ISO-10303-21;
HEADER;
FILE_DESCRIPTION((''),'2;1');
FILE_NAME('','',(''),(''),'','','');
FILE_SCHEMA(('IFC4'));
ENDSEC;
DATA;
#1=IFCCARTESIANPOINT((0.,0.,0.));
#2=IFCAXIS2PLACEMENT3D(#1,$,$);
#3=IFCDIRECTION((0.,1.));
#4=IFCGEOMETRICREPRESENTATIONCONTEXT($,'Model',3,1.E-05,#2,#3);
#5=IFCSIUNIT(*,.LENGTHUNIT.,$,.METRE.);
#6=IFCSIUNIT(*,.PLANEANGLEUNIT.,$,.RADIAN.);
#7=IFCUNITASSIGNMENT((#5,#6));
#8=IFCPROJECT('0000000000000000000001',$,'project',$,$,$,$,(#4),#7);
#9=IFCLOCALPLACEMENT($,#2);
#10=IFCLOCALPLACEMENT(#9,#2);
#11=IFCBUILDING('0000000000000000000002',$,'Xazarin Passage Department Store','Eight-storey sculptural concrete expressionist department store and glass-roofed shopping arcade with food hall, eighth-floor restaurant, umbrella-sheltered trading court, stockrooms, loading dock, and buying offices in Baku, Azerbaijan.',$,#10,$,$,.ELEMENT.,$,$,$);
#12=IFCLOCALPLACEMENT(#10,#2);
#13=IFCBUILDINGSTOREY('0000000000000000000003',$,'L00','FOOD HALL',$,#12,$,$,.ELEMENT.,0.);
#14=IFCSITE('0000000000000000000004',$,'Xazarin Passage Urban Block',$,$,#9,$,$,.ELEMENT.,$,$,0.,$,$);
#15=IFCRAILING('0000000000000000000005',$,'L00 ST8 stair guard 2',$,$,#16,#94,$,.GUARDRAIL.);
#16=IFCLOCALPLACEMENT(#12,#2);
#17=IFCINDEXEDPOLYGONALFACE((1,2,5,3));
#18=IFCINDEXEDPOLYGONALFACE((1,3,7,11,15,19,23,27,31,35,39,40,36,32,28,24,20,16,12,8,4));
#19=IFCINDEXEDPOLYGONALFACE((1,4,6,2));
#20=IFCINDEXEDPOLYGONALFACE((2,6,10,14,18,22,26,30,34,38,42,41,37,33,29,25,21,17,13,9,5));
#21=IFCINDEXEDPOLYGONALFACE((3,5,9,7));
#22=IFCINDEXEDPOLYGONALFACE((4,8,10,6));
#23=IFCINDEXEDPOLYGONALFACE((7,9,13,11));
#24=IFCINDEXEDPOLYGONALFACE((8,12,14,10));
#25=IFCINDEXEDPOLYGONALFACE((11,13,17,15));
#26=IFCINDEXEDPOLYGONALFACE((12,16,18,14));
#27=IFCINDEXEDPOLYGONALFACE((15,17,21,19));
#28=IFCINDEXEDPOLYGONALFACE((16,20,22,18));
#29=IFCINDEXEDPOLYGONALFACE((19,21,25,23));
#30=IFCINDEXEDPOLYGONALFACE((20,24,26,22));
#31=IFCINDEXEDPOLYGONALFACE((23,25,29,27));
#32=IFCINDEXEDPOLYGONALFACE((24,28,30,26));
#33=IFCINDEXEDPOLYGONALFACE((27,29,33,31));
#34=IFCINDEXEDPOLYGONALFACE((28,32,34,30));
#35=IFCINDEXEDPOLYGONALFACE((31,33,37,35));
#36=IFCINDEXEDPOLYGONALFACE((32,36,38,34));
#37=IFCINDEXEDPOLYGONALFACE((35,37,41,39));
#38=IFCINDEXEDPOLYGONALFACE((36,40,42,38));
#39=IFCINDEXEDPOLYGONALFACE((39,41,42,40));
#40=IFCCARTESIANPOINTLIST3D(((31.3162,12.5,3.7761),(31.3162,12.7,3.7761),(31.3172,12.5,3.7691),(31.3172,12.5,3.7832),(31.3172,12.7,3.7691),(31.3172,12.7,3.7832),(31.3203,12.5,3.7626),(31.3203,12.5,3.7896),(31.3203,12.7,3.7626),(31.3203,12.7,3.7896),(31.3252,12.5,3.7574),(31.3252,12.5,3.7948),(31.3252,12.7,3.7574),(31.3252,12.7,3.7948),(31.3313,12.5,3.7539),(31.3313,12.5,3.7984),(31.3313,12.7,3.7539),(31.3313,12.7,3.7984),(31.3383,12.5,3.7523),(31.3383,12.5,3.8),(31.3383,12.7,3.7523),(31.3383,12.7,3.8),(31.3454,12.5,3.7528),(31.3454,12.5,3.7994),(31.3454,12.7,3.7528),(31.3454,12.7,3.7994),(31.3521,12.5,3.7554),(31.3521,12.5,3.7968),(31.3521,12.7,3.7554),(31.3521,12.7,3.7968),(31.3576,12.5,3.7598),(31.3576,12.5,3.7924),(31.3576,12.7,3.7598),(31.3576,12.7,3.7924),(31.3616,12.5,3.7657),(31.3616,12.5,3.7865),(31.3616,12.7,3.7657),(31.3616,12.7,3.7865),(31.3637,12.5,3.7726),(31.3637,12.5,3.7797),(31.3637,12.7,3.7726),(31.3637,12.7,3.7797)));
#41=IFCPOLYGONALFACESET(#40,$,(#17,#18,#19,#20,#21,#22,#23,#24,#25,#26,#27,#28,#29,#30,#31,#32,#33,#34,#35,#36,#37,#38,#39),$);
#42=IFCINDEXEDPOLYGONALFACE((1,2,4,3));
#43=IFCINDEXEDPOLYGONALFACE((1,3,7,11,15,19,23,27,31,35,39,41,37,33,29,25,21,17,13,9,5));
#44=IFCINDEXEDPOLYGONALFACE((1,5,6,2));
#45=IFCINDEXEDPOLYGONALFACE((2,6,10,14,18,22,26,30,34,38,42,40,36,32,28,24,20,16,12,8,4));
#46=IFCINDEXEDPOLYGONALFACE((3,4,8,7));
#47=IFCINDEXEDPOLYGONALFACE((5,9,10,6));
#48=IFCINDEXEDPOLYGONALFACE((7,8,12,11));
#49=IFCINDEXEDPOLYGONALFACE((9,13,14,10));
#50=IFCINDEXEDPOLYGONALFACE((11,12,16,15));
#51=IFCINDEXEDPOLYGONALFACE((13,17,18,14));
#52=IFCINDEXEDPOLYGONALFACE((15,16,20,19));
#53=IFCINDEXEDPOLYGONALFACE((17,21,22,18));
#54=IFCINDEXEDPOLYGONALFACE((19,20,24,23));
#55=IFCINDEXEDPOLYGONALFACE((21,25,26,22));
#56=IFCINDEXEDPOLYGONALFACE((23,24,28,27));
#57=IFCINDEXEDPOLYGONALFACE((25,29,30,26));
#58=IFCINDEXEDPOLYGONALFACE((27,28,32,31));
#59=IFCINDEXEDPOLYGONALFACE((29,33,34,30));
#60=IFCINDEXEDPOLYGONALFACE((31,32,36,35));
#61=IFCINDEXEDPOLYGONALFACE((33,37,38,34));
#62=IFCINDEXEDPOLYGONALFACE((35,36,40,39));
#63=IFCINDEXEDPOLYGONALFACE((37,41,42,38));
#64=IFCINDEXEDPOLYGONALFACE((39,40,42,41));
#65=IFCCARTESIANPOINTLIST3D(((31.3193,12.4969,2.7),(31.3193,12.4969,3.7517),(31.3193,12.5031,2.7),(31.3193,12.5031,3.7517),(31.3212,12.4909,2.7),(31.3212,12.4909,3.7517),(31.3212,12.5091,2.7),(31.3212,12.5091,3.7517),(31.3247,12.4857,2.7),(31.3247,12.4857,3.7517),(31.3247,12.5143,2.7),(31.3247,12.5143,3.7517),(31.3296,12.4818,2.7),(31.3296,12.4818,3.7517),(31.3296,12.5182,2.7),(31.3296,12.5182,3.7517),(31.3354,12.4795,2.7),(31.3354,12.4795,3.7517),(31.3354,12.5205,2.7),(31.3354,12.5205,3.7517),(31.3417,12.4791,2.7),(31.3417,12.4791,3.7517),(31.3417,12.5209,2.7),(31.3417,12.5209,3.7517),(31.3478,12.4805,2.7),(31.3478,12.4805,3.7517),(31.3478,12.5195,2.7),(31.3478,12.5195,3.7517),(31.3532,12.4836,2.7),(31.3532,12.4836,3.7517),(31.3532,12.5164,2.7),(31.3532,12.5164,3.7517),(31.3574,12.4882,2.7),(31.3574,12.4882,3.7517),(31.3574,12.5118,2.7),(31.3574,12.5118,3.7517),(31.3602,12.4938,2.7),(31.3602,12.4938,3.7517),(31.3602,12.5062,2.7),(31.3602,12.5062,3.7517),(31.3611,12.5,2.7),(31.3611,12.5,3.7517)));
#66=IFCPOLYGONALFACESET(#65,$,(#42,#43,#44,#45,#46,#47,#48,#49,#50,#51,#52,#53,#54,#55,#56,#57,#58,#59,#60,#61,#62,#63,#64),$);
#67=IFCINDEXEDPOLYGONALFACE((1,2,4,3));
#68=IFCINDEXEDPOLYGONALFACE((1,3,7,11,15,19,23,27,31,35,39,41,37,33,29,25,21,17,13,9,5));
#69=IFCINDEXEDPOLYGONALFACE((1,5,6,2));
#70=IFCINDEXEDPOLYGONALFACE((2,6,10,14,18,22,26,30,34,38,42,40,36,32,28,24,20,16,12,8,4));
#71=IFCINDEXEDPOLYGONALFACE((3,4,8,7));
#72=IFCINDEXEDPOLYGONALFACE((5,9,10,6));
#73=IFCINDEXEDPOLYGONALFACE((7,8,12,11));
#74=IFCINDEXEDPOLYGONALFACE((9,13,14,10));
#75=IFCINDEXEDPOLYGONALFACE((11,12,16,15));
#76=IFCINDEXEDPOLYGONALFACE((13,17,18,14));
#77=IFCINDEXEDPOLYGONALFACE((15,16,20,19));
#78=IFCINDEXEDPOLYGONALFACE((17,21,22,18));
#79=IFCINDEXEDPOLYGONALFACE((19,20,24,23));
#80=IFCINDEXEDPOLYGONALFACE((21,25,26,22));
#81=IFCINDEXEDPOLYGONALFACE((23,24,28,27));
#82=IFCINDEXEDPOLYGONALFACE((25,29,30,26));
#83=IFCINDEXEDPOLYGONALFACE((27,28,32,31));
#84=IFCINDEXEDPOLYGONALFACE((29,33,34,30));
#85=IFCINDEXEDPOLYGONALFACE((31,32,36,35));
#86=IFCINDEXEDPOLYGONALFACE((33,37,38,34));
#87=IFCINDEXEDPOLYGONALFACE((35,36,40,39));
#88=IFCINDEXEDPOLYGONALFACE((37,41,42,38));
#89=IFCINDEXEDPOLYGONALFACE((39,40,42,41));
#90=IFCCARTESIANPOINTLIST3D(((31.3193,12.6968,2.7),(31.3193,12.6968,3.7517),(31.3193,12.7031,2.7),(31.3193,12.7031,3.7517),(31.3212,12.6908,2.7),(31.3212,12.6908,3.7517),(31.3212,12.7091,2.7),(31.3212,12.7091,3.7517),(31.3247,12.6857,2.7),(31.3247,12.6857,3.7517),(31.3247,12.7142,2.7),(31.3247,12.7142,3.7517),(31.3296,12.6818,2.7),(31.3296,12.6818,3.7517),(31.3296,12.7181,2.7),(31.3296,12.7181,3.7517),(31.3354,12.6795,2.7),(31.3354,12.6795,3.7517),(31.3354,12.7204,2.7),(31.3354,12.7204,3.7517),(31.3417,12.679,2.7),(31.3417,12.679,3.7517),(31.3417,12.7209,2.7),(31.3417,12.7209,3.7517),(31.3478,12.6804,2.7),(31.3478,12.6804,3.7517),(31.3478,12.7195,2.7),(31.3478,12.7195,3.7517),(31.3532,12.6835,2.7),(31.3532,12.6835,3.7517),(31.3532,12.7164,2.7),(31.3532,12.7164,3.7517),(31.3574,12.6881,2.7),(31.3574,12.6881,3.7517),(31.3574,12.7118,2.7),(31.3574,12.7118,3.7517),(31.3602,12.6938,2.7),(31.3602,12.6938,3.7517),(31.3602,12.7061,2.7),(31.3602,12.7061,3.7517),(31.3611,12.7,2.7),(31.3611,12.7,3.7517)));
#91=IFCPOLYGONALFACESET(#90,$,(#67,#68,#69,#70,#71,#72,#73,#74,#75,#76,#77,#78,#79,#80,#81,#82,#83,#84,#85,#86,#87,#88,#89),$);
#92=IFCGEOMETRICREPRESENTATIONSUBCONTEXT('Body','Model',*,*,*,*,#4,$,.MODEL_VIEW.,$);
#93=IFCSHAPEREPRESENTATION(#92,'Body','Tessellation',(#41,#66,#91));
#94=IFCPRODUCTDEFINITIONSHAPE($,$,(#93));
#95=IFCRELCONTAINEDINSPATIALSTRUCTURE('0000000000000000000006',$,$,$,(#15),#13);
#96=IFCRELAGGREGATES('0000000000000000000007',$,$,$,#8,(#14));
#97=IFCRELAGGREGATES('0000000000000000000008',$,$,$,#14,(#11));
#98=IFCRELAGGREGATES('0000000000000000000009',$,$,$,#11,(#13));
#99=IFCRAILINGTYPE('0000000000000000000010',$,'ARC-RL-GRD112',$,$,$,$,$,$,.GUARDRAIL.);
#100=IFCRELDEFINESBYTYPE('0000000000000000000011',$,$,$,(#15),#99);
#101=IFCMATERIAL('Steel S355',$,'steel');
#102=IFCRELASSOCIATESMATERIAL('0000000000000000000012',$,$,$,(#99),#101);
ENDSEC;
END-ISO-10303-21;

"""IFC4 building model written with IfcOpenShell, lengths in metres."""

from ifc_helpers import new_model, si_unit, direction, frame, origin, origin_2d, place, context, subcontext, project, spatial, circle, extrude, material, type_object, element, save


model = new_model("IFC4")

# Units and contexts
model_context = context("Model", 3, precision=1e-05, world=origin(), true_north=direction((0.0, 1.0)))
body_context = subcontext(model_context, "Body", "Model", "MODEL_VIEW")
ifc_project = project(units=[si_unit("LENGTHUNIT", "METRE"), si_unit("PLANEANGLEUNIT", "RADIAN")], contexts=[model_context])

# Site, building, storey
site_placement = place(None, origin())
site = spatial("IfcSite", under=ifc_project, at=site_placement, Name="Xazarin Passage Urban Block", CompositionType="ELEMENT", RefElevation=0.0)
building_placement = place(site_placement, origin())
building = spatial("IfcBuilding", under=site, at=building_placement, Name="Xazarin Passage Department Store", Description="Eight-storey sculptural concrete expressionist department store and glass-roofed shopping arcade with food hall, eighth-floor restaurant, umbrella-sheltered trading court, stockrooms, loading dock, and buying offices in Baku, Azerbaijan.", CompositionType="ELEMENT")
storey_placement = place(building_placement, origin())
storey = spatial("IfcBuildingStorey", under=building, at=storey_placement, Name="L00", Description="FOOD HALL", CompositionType="ELEMENT", Elevation=0.0)

# Railing
ifc_material_1 = material(Name="Steel S355", Category="steel")
railing_type_1 = type_object("IfcRailingType", Name="ARC-RL-GRD112", PredefinedType="GUARDRAIL", material=ifc_material_1)
railing_1_placement = place(storey_placement, frame((31.3401, 12.5, 2.7)))
element("IfcRailing", 1, at=railing_1_placement, inside=storey, type_object=railing_type_1, Name="L00 ST8 stair guard 2", PredefinedType="GUARDRAIL", context=body_context, shape_type="SweptSolid", body=[
    extrude(circle(Radius=0.0239, at=origin_2d()), frame((0.0, 0.0, 1.0762), z_axis=(0.0, 1.0, 0.0), x_axis=(-1.0, 0.0, 0.0)), (0.0, 0.0, 1.0), 0.2),
    extrude(circle(Radius=0.021, at=origin_2d()), origin(), (0.0, 0.0, 1.0), 1.0518),
    extrude(circle(Radius=0.021, at=origin_2d()), frame((0.0, 0.2, 0.0)), (0.0, 0.0, 1.0), 1.0518),
])

save(model, "model.ifc")
